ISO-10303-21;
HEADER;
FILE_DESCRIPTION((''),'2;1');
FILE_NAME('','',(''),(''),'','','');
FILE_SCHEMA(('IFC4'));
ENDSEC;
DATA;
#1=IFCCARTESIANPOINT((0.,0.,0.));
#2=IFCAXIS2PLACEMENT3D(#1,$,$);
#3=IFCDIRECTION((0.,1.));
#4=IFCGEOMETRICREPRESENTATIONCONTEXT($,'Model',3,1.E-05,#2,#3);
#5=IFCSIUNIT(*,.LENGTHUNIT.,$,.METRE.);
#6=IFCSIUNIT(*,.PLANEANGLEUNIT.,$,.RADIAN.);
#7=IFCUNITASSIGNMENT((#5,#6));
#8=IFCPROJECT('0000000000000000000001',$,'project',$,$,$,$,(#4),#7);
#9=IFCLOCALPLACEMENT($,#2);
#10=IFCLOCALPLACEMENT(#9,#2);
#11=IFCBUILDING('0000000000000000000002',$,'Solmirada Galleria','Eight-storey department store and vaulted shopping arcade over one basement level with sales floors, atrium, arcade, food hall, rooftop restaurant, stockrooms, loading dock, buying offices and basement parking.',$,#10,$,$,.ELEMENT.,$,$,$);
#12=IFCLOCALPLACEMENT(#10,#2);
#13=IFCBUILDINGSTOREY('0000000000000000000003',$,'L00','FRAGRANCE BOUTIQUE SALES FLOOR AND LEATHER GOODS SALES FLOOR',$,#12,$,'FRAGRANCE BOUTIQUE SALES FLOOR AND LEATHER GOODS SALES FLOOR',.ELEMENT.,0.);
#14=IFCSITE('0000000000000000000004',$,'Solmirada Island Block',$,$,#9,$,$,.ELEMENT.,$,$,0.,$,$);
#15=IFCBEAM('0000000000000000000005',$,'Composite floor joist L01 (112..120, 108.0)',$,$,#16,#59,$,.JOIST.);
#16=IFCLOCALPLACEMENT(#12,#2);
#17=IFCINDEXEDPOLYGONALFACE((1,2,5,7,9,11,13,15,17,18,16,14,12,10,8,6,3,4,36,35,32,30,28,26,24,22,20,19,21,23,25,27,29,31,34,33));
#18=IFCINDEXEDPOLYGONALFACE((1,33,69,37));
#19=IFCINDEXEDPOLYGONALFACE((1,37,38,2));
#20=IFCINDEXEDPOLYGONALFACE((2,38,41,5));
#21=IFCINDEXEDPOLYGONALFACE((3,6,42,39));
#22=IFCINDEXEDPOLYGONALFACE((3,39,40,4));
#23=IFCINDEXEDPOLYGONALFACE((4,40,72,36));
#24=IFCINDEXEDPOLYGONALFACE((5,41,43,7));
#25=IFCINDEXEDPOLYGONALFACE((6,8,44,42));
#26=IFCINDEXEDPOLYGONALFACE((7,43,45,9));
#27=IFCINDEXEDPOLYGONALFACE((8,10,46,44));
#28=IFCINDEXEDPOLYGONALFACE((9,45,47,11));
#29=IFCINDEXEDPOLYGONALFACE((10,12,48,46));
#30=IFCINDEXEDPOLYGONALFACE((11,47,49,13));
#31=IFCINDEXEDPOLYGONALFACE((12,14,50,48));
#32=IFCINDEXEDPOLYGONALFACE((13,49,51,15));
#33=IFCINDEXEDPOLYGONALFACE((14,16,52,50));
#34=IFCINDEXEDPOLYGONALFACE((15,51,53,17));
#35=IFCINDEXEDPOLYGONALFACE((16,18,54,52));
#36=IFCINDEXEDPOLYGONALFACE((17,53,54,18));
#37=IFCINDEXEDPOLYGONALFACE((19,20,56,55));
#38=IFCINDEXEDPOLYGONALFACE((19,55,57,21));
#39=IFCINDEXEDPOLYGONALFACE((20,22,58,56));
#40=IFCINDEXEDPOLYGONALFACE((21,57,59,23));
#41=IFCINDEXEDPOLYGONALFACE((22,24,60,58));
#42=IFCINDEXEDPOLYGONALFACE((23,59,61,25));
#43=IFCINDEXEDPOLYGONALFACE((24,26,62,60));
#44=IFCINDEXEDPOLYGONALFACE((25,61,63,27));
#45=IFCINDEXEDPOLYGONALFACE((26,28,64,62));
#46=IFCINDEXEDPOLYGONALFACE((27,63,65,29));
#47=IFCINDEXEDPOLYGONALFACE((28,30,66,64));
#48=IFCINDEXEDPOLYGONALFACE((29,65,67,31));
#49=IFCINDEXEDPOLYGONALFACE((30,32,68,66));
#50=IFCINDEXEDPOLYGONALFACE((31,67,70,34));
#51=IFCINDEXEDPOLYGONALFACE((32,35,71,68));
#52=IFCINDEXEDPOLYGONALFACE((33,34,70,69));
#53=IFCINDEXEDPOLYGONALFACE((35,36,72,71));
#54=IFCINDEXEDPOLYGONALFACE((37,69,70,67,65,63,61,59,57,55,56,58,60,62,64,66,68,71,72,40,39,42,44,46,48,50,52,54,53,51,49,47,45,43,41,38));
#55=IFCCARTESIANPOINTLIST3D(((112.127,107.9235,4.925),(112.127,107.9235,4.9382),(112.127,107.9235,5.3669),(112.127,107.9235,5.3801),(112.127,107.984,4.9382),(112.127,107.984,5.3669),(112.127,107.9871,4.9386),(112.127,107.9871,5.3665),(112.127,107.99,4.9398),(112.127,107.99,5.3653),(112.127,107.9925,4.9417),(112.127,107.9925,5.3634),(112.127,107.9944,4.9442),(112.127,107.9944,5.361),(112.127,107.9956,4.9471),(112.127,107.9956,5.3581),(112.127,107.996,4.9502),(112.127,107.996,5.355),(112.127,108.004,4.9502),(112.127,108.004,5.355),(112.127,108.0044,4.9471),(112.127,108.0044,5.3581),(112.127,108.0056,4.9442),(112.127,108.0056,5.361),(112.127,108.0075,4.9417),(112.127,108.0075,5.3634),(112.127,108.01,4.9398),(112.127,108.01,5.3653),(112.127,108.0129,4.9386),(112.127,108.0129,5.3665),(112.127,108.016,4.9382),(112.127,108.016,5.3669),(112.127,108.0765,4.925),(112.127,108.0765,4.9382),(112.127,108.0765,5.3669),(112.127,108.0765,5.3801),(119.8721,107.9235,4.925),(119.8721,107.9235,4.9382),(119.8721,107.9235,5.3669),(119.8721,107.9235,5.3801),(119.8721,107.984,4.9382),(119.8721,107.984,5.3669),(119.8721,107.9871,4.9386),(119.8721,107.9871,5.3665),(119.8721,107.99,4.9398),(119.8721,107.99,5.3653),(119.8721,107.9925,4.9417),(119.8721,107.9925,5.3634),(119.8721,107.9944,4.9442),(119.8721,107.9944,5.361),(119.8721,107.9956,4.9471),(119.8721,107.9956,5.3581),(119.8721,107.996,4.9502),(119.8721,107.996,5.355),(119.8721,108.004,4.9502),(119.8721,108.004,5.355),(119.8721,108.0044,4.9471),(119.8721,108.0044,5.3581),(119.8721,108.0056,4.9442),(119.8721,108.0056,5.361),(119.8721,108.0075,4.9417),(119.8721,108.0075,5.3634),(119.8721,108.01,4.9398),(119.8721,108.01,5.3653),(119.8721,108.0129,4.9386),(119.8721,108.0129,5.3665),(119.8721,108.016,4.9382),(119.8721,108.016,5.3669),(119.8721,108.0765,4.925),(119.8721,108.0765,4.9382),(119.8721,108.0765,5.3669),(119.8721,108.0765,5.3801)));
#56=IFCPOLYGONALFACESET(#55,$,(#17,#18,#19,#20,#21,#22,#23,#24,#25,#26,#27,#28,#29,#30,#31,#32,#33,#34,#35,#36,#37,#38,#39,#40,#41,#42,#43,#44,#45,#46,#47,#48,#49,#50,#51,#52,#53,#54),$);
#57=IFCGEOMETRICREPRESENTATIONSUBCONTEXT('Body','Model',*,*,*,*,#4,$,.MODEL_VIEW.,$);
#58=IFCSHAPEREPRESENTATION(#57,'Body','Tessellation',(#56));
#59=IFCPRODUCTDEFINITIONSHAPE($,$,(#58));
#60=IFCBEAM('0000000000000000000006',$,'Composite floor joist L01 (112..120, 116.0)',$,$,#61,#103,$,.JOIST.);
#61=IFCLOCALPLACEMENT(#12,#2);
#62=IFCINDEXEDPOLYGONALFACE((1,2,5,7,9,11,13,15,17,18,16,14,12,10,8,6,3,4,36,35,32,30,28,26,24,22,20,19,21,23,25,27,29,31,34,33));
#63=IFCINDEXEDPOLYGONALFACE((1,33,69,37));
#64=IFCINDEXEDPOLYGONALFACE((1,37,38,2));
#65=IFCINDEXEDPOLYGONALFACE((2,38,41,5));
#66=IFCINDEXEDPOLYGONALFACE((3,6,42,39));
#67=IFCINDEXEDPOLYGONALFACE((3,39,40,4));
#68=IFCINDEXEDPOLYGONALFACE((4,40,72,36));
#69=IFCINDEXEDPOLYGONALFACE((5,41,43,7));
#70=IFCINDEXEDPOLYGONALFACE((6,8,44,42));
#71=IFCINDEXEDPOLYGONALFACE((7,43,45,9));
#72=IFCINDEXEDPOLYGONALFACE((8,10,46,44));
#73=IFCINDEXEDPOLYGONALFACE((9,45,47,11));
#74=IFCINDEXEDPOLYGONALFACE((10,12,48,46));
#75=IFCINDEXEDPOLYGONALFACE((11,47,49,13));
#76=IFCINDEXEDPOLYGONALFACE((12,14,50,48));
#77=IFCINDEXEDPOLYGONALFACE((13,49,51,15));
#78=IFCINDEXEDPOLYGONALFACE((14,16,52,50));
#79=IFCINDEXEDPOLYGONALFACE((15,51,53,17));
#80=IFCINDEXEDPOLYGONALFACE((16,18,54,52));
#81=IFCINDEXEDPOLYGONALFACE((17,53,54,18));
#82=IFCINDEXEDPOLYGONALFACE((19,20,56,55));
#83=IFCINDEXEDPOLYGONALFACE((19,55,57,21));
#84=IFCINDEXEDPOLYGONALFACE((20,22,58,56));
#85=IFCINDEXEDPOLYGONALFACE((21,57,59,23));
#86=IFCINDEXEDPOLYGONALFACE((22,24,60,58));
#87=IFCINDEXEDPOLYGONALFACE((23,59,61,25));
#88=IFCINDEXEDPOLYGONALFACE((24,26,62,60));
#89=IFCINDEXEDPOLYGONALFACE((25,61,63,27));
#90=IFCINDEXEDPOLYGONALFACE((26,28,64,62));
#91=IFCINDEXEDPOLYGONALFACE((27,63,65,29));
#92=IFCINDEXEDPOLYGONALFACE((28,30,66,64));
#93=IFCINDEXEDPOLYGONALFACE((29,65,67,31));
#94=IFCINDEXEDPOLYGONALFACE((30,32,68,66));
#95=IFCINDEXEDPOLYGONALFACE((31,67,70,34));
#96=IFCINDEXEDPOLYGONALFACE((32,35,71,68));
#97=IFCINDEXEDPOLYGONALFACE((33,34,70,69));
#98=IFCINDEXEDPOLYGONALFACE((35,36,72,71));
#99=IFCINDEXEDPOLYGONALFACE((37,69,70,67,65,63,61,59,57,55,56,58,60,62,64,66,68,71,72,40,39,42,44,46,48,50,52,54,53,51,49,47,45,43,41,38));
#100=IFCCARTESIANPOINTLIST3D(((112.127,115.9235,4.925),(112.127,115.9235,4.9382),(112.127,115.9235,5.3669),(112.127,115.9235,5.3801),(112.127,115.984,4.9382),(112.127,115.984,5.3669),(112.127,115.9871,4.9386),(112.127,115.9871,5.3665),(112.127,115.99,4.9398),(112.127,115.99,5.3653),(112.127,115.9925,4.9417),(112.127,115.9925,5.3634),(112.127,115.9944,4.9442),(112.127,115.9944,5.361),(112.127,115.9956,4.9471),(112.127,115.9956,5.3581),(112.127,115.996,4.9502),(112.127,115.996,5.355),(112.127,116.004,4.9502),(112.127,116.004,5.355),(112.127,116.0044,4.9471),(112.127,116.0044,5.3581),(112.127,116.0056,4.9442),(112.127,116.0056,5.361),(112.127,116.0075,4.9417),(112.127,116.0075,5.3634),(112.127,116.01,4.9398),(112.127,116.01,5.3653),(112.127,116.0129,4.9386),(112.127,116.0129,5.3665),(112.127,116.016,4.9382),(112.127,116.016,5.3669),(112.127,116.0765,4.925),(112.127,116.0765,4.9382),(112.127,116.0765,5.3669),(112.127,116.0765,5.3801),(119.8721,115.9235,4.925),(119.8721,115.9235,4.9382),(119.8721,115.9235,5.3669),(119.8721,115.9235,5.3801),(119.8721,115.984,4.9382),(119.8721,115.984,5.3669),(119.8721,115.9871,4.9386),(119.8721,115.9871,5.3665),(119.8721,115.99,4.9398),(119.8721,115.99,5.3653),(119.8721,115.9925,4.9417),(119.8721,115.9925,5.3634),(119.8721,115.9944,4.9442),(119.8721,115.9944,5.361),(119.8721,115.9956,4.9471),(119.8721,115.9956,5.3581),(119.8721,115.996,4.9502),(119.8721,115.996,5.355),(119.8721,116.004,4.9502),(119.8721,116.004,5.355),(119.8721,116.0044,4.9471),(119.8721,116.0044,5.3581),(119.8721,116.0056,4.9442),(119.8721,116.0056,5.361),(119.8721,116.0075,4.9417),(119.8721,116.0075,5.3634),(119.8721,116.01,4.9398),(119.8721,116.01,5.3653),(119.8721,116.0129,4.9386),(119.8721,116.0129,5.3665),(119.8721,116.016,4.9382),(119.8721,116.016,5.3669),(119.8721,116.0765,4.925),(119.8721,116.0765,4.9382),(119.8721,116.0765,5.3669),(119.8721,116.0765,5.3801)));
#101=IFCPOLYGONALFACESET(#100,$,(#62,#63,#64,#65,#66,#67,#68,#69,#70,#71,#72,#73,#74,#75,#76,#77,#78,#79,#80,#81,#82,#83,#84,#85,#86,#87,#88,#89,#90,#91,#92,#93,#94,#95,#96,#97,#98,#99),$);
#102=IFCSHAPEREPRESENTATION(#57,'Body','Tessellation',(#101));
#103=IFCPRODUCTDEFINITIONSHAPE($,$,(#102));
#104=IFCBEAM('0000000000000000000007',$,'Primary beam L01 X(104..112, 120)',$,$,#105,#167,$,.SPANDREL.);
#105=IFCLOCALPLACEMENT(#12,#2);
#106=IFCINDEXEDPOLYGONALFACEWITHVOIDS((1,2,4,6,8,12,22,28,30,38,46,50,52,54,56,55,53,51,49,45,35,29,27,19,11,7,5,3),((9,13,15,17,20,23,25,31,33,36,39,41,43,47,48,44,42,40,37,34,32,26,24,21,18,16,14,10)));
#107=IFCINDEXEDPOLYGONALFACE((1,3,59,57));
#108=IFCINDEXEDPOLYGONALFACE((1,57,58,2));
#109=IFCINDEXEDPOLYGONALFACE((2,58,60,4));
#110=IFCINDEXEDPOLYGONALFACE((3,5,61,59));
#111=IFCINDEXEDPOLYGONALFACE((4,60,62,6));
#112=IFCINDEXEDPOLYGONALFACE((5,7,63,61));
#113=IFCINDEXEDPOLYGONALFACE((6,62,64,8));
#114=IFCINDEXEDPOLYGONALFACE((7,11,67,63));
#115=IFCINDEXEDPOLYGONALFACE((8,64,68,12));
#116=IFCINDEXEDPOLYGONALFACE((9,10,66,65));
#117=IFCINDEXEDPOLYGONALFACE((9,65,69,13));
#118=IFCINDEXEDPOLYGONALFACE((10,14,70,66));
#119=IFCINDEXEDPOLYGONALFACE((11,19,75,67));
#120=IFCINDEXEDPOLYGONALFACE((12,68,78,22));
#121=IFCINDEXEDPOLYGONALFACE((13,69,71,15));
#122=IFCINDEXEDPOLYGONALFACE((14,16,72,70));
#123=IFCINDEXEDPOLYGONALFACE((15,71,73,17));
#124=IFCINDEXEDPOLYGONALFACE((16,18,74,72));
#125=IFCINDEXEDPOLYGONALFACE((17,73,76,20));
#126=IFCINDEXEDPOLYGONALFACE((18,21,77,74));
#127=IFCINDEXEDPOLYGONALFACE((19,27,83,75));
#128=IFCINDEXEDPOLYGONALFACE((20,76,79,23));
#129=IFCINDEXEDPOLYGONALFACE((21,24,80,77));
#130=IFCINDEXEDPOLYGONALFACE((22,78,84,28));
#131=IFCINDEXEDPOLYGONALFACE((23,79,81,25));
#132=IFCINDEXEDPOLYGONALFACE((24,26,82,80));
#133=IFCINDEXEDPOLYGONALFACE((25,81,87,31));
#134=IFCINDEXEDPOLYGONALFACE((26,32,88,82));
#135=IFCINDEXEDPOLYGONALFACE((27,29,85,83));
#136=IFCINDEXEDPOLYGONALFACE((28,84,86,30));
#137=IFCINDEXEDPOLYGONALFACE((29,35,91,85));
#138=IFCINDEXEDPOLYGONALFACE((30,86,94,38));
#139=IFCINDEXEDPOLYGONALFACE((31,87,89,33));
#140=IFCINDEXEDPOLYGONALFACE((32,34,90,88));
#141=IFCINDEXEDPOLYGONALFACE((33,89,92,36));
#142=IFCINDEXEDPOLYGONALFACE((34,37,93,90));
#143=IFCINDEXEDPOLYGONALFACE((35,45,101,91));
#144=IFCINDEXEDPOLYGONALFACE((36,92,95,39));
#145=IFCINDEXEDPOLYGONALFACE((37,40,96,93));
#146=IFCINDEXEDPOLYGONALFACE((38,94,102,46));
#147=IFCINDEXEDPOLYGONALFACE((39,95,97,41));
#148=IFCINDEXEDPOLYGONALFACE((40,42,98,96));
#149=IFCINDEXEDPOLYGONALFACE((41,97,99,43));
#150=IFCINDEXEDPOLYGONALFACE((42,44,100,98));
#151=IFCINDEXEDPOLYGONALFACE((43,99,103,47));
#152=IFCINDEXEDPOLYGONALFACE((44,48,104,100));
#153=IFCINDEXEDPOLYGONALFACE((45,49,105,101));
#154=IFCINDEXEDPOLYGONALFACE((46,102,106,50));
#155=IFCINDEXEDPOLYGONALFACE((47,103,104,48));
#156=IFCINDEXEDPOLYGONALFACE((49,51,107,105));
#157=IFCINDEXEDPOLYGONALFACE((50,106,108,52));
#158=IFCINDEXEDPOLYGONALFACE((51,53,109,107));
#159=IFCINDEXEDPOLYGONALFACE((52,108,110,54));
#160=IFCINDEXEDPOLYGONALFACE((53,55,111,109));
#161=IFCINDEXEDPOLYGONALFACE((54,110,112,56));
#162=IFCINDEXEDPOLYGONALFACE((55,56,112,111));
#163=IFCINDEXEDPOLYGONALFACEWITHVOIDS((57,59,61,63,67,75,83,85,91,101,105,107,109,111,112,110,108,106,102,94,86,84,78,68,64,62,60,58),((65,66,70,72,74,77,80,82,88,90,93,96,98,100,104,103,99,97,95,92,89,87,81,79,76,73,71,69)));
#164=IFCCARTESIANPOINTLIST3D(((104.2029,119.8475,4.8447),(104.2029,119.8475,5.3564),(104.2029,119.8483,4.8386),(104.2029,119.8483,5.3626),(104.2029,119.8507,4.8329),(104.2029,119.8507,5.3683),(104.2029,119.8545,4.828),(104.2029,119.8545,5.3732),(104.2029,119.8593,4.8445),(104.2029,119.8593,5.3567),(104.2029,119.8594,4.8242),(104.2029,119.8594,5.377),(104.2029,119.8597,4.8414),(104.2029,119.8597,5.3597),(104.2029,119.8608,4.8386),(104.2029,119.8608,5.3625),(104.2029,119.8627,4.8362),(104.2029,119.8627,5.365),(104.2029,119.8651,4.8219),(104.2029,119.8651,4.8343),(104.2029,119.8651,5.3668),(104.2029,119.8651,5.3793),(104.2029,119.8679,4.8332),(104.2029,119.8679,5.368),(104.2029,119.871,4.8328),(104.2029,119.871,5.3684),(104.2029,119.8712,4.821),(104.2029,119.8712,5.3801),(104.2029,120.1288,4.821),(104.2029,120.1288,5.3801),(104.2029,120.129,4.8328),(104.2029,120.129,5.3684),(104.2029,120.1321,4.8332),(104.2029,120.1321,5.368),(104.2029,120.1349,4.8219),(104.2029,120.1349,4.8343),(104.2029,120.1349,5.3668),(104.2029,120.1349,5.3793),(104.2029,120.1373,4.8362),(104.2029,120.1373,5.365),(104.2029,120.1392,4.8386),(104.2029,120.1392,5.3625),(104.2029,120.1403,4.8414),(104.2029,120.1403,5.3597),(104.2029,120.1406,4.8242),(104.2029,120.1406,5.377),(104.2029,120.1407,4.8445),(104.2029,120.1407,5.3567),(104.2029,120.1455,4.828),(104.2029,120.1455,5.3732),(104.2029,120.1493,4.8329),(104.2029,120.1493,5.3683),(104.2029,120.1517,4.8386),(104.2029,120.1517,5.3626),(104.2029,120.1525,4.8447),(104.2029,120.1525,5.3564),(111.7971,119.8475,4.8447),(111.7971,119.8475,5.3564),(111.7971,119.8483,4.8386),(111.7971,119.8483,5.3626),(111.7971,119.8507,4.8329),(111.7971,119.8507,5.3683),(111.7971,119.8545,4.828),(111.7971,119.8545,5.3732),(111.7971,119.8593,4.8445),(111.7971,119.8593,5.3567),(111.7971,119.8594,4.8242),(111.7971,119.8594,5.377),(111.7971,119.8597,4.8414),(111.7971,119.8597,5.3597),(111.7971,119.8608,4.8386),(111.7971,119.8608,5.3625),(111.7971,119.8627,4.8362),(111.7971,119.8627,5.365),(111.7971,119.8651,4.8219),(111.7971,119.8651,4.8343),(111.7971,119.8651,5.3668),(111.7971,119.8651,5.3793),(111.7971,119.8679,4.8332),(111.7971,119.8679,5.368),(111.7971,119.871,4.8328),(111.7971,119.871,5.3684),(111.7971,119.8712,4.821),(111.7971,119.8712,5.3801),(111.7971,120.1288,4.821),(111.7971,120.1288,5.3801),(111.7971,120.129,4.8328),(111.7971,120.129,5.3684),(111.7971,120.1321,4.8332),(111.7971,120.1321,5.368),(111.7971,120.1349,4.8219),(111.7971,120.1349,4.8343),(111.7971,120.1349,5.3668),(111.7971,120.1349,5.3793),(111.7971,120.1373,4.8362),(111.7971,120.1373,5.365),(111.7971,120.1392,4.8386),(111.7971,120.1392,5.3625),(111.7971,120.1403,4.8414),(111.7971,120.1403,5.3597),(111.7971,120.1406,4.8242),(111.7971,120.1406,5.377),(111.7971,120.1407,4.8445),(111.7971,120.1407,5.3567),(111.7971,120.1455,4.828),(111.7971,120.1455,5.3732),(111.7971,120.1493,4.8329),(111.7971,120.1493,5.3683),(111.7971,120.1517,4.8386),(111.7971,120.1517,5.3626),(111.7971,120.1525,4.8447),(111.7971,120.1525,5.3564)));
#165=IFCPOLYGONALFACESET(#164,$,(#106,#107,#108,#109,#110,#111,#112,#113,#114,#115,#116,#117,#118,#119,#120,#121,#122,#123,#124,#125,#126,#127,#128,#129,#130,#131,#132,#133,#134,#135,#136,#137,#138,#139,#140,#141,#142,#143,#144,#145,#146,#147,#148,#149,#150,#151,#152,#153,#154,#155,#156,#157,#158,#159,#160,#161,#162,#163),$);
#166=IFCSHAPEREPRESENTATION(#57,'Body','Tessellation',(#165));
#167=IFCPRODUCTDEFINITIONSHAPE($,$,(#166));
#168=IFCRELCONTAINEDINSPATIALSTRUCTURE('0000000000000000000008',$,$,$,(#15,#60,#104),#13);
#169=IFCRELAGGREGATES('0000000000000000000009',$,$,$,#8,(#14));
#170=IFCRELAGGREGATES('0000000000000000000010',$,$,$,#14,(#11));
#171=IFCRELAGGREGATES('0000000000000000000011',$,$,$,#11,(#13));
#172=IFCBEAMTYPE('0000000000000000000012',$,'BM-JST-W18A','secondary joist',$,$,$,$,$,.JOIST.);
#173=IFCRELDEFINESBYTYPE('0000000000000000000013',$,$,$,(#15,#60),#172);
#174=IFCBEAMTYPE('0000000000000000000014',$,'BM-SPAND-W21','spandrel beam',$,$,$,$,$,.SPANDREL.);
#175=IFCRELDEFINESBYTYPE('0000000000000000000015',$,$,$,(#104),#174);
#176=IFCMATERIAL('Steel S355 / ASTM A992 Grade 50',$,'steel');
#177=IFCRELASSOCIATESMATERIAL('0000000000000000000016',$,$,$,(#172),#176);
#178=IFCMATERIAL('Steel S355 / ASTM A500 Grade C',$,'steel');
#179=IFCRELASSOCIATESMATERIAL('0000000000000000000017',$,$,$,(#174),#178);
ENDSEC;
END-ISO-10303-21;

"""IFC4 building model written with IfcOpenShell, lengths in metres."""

from ifc_helpers import new_model, si_unit, direction, frame, origin, origin_2d, place, context, subcontext, project, spatial, hollow_rectangle, i_section, extrude, material, material_profile, profile_set, type_object, element, save


model = new_model("IFC4")

# Units and contexts
model_context = context("Model", 3, precision=1e-05, world=origin(), true_north=direction((0.0, 1.0)))
body_context = subcontext(model_context, "Body", "Model", "MODEL_VIEW")
ifc_project = project(units=[si_unit("LENGTHUNIT", "METRE"), si_unit("PLANEANGLEUNIT", "RADIAN")], contexts=[model_context])

# Site, building, storey
site_placement = place(None, origin())
site = spatial("IfcSite", under=ifc_project, at=site_placement, Name="Solmirada Island Block", CompositionType="ELEMENT", RefElevation=0.0)
building_placement = place(site_placement, origin())
building = spatial("IfcBuilding", under=site, at=building_placement, Name="Solmirada Galleria", Description="Eight-storey department store and vaulted shopping arcade over one basement level with sales floors, atrium, arcade, food hall, rooftop restaurant, stockrooms, loading dock, buying offices and basement parking.", CompositionType="ELEMENT")
storey_placement = place(building_placement, origin())
storey = spatial("IfcBuildingStorey", under=building, at=storey_placement, Name="L00", Description="FRAGRANCE BOUTIQUE SALES FLOOR AND LEATHER GOODS SALES FLOOR", LongName="FRAGRANCE BOUTIQUE SALES FLOOR AND LEATHER GOODS SALES FLOOR", CompositionType="ELEMENT", Elevation=0.0)

# Shared definitions
ifc_material_1 = material(Name="Steel S355 / ASTM A500 Grade C", Category="steel")

# Beams
ifc_material_2 = material(Name="Steel S355 / ASTM A992 Grade 50", Category="steel")
ifc_material_profile_1 = material_profile(ifc_material_2, i_section(OverallWidth=0.1531, OverallDepth=0.4551, WebThickness=0.0081, FlangeThickness=0.0132, FilletRadius=0.012, at=origin_2d()), Name="W18X40")
ifc_profile_set_1 = profile_set([ifc_material_profile_1], Name="Steel S355 / ASTM A992 Grade 50")
beam_type_1 = type_object("IfcBeamType", Name="BM-JST-W18A", Description="secondary joist", PredefinedType="JOIST", material=ifc_profile_set_1)
for number, where, z_axis, x_axis, name in (
    (1, (112.127, 108.0, 5.1526), (1.0, 0.0, 0.0), (0.0, 1.0, 0.0), "Composite floor joist L01 (112..120, 108.0)"),
    (2, (112.127, 116.0, 5.1526), (1.0, 0.0, 0.0), (0.0, 1.0, 0.0), "Composite floor joist L01 (112..120, 116.0)"),
):
    element("IfcBeam", number, at=place(storey_placement, frame(where, z_axis=z_axis, x_axis=x_axis)), inside=storey, type_object=beam_type_1, Name=name, PredefinedType="JOIST", context=body_context, shape_type="SweptSolid", body=[
        extrude(i_section(OverallWidth=0.1531, OverallDepth=0.4551, WebThickness=0.0081, FlangeThickness=0.0132, FilletRadius=0.012, at=origin_2d()), origin(), (0.0, 0.0, 1.0), 7.7451),
    ])
ifc_material_profile_2 = material_profile(ifc_material_1, hollow_rectangle(XDim=0.3049, YDim=0.5591, WallThickness=0.0117, InnerFilletRadius=0.0117, OuterFilletRadius=0.0237, at=origin_2d()), Name="HSS22X12X1/2")
ifc_profile_set_2 = profile_set([ifc_material_profile_2], Name="Steel S355 / ASTM A500 Grade C")
beam_type_2 = type_object("IfcBeamType", Name="BM-SPAND-W21", Description="spandrel beam", PredefinedType="SPANDREL", material=ifc_profile_set_2)
beam_1_placement = place(storey_placement, frame((104.2029, 120.0, 5.1006), z_axis=(1.0, 0.0, 0.0), x_axis=(0.0, 1.0, 0.0)))
element("IfcBeam", 3, at=beam_1_placement, inside=storey, type_object=beam_type_2, Name="Primary beam L01 X(104..112, 120)", PredefinedType="SPANDREL", context=body_context, shape_type="SweptSolid", body=[
    extrude(hollow_rectangle(XDim=0.3049, YDim=0.5591, WallThickness=0.0117, InnerFilletRadius=0.0117, OuterFilletRadius=0.0237, at=origin_2d()), origin(), (0.0, 0.0, 1.0), 7.5942),
])

save(model, "model.ifc")
